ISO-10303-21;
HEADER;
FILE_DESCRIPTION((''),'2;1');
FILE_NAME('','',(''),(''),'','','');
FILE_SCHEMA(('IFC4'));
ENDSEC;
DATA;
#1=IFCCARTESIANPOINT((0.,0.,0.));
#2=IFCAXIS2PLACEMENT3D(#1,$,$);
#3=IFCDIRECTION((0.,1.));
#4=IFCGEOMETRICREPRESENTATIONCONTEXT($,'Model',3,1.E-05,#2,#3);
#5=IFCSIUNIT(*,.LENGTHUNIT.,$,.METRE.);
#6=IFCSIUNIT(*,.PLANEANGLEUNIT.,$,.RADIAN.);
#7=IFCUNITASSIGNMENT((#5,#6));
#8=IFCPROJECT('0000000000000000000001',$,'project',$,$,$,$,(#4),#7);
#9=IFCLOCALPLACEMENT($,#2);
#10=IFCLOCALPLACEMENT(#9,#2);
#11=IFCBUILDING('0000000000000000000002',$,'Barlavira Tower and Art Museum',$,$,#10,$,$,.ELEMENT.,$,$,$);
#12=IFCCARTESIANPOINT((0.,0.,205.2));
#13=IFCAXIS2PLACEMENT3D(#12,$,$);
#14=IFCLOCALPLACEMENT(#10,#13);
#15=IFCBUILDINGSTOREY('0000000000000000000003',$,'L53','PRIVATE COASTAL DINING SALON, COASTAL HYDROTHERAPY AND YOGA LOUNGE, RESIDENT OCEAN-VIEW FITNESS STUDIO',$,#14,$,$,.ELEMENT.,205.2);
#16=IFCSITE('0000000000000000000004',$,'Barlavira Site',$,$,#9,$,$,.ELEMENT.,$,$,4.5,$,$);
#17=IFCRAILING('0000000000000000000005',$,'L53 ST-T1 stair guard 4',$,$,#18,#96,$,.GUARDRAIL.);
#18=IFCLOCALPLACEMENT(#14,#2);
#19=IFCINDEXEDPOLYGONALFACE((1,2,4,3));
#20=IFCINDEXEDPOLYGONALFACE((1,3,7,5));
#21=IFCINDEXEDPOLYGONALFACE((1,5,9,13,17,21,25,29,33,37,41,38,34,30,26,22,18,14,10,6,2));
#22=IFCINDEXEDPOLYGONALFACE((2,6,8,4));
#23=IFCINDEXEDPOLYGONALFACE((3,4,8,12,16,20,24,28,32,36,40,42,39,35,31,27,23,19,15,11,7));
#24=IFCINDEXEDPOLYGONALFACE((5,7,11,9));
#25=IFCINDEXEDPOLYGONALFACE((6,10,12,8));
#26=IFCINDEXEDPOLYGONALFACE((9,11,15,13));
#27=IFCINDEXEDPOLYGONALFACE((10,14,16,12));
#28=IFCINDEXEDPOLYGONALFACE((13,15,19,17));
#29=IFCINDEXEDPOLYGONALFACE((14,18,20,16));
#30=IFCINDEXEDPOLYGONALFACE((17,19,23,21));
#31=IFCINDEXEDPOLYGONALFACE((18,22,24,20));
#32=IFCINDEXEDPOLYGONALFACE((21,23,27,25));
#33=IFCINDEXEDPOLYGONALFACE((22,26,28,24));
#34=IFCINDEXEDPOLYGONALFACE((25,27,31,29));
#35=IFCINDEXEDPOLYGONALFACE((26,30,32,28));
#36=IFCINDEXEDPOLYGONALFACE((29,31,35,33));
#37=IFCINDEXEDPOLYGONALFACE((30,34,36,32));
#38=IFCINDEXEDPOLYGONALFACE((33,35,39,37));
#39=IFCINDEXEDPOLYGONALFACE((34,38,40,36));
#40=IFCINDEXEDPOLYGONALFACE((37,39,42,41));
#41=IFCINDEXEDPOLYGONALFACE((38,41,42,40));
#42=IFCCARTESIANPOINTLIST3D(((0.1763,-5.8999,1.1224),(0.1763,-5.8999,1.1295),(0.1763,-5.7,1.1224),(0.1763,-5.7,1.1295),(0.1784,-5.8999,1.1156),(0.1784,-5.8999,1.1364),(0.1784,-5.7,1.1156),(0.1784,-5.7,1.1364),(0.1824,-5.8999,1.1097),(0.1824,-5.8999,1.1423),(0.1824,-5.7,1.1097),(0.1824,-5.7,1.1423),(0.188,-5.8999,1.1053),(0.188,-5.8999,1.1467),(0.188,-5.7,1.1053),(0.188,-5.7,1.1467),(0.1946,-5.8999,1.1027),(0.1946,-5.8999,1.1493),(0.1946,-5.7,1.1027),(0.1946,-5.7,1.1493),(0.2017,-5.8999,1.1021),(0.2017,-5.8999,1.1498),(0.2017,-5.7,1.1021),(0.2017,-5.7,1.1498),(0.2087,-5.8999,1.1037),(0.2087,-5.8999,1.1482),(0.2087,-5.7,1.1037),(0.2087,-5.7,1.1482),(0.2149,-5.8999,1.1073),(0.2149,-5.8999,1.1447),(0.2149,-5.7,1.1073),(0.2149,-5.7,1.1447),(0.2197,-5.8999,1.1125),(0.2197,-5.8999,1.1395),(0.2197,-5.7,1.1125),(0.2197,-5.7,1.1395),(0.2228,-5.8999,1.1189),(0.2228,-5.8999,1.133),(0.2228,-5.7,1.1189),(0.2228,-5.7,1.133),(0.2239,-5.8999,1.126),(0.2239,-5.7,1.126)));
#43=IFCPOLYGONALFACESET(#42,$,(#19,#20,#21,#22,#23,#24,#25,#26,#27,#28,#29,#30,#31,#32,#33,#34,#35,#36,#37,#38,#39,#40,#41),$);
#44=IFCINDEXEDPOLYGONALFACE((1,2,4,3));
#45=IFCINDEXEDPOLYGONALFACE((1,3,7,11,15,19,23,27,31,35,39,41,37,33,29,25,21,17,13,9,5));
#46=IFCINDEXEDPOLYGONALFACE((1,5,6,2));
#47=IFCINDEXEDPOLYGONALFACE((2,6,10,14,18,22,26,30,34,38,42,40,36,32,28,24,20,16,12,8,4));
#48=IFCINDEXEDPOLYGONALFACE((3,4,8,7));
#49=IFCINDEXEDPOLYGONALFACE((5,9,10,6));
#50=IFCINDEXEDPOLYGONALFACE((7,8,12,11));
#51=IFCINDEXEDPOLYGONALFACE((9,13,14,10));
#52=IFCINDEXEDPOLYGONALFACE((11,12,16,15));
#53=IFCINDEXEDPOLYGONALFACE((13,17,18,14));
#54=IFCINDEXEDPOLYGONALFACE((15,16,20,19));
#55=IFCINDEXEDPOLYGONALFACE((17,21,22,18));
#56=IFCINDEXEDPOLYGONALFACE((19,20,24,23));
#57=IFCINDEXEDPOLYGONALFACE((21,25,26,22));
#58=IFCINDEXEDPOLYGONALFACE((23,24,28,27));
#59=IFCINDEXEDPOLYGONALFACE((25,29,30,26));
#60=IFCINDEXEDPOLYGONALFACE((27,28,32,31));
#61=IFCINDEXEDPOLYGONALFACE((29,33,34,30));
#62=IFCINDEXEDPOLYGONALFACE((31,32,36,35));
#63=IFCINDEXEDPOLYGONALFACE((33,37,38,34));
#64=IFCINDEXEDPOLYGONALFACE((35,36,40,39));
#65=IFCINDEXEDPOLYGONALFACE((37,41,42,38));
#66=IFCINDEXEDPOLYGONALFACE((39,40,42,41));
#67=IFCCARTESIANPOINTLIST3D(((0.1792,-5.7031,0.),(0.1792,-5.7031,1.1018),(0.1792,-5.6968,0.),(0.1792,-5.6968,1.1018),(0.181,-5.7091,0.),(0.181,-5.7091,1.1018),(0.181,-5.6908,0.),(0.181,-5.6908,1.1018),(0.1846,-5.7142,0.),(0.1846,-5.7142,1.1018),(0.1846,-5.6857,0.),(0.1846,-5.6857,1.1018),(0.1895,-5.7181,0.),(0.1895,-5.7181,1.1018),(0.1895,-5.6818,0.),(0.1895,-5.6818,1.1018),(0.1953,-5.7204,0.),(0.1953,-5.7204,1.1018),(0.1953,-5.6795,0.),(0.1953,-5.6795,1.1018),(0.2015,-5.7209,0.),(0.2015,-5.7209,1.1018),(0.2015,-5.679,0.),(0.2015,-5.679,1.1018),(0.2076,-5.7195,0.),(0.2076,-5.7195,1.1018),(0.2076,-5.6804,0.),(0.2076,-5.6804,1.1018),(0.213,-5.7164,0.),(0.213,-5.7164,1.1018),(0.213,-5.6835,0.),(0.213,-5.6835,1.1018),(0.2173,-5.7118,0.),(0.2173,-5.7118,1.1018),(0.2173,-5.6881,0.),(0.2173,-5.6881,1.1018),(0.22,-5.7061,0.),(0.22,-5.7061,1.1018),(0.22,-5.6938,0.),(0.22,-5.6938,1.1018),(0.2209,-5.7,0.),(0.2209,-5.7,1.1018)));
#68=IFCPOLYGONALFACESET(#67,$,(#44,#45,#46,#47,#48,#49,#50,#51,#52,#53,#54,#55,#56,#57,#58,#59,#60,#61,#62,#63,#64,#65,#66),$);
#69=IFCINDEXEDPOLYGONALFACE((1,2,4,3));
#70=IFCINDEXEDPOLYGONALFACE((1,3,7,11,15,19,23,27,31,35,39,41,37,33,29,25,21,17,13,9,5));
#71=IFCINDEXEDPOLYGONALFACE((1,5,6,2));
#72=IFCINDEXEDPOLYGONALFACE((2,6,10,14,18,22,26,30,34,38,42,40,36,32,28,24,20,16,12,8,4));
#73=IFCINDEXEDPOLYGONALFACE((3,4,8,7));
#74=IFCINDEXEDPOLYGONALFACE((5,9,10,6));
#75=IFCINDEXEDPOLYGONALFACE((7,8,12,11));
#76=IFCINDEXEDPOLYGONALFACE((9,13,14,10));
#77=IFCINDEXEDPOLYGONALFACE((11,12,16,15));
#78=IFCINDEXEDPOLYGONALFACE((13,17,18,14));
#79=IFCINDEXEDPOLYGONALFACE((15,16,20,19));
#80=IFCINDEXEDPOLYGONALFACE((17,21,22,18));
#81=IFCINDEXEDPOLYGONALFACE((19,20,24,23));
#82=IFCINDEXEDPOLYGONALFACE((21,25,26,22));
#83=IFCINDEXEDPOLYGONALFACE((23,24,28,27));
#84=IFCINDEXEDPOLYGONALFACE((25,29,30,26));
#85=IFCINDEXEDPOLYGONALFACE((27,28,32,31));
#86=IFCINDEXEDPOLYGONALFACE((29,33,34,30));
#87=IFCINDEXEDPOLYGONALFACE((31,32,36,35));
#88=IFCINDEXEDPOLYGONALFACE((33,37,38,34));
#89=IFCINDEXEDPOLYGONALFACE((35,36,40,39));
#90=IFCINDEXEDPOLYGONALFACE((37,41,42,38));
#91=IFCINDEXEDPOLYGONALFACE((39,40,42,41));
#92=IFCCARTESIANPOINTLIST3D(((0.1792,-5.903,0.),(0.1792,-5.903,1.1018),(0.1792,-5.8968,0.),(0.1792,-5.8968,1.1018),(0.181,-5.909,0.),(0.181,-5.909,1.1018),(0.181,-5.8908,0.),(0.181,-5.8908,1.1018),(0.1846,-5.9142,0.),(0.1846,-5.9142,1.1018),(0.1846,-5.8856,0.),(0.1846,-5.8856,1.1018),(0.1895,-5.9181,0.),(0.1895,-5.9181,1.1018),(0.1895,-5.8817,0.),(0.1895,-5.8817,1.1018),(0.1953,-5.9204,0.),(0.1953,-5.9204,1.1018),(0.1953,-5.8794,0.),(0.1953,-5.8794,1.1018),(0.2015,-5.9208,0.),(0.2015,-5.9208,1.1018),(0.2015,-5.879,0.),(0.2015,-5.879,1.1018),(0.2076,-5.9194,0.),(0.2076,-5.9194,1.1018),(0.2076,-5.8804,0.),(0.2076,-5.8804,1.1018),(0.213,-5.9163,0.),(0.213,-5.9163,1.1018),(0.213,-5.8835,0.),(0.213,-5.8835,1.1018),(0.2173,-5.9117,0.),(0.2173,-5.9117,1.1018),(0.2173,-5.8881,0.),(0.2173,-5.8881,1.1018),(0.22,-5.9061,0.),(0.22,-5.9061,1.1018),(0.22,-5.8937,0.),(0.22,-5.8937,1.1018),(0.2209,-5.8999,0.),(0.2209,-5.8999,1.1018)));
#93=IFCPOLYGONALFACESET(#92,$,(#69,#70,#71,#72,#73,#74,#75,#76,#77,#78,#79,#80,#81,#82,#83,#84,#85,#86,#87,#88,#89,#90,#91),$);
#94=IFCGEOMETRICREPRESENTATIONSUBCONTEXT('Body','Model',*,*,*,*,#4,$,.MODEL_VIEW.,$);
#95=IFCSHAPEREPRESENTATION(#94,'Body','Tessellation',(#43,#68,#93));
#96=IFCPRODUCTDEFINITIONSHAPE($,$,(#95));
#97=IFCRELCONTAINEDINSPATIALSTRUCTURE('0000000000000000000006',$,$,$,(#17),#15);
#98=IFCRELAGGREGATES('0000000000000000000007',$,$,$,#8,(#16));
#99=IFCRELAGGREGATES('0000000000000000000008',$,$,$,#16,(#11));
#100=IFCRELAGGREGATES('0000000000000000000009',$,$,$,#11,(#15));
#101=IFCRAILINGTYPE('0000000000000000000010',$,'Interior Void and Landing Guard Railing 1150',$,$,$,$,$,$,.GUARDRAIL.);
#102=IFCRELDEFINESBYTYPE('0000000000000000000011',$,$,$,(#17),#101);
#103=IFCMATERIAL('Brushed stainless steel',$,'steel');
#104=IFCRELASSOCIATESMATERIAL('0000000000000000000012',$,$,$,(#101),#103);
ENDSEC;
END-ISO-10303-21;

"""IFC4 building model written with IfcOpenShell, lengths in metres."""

from ifc_helpers import new_model, si_unit, direction, frame, origin, origin_2d, place, context, subcontext, project, spatial, circle, extrude, material, type_object, element, save


model = new_model("IFC4")

# Units and contexts
model_context = context("Model", 3, precision=1e-05, world=origin(), true_north=direction((0.0, 1.0)))
body_context = subcontext(model_context, "Body", "Model", "MODEL_VIEW")
ifc_project = project(units=[si_unit("LENGTHUNIT", "METRE"), si_unit("PLANEANGLEUNIT", "RADIAN")], contexts=[model_context])

# Site, building, storey
site_placement = place(None, origin())
site = spatial("IfcSite", under=ifc_project, at=site_placement, Name="Barlavira Site", CompositionType="ELEMENT", RefElevation=4.5)
building_placement = place(site_placement, origin())
building = spatial("IfcBuilding", under=site, at=building_placement, Name="Barlavira Tower and Art Museum", CompositionType="ELEMENT")
storey_placement = place(building_placement, frame((0.0, 0.0, 205.2)))
storey = spatial("IfcBuildingStorey", under=building, at=storey_placement, Name="L53", Description="PRIVATE COASTAL DINING SALON, COASTAL HYDROTHERAPY AND YOGA LOUNGE, RESIDENT OCEAN-VIEW FITNESS STUDIO", CompositionType="ELEMENT", Elevation=205.2)

# Shared definitions
ifc_material_1 = material(Name="Brushed stainless steel", Category="steel")

# Railing
railing_type = type_object("IfcRailingType", Name="Interior Void and Landing Guard Railing 1150", PredefinedType="GUARDRAIL", material=ifc_material_1)
railing_placement = place(storey_placement, frame((0.2, -5.7, 0.0)))
element("IfcRailing", 1, at=railing_placement, inside=storey, type_object=railing_type, Name="L53 ST-T1 stair guard 4", PredefinedType="GUARDRAIL", context=body_context, shape_type="SweptSolid", body=[
    extrude(circle(Radius=0.0239, at=origin_2d()), frame((0.0, 0.0, 1.126), z_axis=(0.0, -1.0, 0.0), x_axis=(1.0, 0.0, 0.0)), (0.0, 0.0, 1.0), 0.2),
    extrude(circle(Radius=0.021, at=origin_2d()), origin(), (0.0, 0.0, 1.0), 1.1018),
    extrude(circle(Radius=0.021, at=origin_2d()), frame((0.0, -0.2, 0.0)), (0.0, 0.0, 1.0), 1.1018),
])

save(model, "model.ifc")
